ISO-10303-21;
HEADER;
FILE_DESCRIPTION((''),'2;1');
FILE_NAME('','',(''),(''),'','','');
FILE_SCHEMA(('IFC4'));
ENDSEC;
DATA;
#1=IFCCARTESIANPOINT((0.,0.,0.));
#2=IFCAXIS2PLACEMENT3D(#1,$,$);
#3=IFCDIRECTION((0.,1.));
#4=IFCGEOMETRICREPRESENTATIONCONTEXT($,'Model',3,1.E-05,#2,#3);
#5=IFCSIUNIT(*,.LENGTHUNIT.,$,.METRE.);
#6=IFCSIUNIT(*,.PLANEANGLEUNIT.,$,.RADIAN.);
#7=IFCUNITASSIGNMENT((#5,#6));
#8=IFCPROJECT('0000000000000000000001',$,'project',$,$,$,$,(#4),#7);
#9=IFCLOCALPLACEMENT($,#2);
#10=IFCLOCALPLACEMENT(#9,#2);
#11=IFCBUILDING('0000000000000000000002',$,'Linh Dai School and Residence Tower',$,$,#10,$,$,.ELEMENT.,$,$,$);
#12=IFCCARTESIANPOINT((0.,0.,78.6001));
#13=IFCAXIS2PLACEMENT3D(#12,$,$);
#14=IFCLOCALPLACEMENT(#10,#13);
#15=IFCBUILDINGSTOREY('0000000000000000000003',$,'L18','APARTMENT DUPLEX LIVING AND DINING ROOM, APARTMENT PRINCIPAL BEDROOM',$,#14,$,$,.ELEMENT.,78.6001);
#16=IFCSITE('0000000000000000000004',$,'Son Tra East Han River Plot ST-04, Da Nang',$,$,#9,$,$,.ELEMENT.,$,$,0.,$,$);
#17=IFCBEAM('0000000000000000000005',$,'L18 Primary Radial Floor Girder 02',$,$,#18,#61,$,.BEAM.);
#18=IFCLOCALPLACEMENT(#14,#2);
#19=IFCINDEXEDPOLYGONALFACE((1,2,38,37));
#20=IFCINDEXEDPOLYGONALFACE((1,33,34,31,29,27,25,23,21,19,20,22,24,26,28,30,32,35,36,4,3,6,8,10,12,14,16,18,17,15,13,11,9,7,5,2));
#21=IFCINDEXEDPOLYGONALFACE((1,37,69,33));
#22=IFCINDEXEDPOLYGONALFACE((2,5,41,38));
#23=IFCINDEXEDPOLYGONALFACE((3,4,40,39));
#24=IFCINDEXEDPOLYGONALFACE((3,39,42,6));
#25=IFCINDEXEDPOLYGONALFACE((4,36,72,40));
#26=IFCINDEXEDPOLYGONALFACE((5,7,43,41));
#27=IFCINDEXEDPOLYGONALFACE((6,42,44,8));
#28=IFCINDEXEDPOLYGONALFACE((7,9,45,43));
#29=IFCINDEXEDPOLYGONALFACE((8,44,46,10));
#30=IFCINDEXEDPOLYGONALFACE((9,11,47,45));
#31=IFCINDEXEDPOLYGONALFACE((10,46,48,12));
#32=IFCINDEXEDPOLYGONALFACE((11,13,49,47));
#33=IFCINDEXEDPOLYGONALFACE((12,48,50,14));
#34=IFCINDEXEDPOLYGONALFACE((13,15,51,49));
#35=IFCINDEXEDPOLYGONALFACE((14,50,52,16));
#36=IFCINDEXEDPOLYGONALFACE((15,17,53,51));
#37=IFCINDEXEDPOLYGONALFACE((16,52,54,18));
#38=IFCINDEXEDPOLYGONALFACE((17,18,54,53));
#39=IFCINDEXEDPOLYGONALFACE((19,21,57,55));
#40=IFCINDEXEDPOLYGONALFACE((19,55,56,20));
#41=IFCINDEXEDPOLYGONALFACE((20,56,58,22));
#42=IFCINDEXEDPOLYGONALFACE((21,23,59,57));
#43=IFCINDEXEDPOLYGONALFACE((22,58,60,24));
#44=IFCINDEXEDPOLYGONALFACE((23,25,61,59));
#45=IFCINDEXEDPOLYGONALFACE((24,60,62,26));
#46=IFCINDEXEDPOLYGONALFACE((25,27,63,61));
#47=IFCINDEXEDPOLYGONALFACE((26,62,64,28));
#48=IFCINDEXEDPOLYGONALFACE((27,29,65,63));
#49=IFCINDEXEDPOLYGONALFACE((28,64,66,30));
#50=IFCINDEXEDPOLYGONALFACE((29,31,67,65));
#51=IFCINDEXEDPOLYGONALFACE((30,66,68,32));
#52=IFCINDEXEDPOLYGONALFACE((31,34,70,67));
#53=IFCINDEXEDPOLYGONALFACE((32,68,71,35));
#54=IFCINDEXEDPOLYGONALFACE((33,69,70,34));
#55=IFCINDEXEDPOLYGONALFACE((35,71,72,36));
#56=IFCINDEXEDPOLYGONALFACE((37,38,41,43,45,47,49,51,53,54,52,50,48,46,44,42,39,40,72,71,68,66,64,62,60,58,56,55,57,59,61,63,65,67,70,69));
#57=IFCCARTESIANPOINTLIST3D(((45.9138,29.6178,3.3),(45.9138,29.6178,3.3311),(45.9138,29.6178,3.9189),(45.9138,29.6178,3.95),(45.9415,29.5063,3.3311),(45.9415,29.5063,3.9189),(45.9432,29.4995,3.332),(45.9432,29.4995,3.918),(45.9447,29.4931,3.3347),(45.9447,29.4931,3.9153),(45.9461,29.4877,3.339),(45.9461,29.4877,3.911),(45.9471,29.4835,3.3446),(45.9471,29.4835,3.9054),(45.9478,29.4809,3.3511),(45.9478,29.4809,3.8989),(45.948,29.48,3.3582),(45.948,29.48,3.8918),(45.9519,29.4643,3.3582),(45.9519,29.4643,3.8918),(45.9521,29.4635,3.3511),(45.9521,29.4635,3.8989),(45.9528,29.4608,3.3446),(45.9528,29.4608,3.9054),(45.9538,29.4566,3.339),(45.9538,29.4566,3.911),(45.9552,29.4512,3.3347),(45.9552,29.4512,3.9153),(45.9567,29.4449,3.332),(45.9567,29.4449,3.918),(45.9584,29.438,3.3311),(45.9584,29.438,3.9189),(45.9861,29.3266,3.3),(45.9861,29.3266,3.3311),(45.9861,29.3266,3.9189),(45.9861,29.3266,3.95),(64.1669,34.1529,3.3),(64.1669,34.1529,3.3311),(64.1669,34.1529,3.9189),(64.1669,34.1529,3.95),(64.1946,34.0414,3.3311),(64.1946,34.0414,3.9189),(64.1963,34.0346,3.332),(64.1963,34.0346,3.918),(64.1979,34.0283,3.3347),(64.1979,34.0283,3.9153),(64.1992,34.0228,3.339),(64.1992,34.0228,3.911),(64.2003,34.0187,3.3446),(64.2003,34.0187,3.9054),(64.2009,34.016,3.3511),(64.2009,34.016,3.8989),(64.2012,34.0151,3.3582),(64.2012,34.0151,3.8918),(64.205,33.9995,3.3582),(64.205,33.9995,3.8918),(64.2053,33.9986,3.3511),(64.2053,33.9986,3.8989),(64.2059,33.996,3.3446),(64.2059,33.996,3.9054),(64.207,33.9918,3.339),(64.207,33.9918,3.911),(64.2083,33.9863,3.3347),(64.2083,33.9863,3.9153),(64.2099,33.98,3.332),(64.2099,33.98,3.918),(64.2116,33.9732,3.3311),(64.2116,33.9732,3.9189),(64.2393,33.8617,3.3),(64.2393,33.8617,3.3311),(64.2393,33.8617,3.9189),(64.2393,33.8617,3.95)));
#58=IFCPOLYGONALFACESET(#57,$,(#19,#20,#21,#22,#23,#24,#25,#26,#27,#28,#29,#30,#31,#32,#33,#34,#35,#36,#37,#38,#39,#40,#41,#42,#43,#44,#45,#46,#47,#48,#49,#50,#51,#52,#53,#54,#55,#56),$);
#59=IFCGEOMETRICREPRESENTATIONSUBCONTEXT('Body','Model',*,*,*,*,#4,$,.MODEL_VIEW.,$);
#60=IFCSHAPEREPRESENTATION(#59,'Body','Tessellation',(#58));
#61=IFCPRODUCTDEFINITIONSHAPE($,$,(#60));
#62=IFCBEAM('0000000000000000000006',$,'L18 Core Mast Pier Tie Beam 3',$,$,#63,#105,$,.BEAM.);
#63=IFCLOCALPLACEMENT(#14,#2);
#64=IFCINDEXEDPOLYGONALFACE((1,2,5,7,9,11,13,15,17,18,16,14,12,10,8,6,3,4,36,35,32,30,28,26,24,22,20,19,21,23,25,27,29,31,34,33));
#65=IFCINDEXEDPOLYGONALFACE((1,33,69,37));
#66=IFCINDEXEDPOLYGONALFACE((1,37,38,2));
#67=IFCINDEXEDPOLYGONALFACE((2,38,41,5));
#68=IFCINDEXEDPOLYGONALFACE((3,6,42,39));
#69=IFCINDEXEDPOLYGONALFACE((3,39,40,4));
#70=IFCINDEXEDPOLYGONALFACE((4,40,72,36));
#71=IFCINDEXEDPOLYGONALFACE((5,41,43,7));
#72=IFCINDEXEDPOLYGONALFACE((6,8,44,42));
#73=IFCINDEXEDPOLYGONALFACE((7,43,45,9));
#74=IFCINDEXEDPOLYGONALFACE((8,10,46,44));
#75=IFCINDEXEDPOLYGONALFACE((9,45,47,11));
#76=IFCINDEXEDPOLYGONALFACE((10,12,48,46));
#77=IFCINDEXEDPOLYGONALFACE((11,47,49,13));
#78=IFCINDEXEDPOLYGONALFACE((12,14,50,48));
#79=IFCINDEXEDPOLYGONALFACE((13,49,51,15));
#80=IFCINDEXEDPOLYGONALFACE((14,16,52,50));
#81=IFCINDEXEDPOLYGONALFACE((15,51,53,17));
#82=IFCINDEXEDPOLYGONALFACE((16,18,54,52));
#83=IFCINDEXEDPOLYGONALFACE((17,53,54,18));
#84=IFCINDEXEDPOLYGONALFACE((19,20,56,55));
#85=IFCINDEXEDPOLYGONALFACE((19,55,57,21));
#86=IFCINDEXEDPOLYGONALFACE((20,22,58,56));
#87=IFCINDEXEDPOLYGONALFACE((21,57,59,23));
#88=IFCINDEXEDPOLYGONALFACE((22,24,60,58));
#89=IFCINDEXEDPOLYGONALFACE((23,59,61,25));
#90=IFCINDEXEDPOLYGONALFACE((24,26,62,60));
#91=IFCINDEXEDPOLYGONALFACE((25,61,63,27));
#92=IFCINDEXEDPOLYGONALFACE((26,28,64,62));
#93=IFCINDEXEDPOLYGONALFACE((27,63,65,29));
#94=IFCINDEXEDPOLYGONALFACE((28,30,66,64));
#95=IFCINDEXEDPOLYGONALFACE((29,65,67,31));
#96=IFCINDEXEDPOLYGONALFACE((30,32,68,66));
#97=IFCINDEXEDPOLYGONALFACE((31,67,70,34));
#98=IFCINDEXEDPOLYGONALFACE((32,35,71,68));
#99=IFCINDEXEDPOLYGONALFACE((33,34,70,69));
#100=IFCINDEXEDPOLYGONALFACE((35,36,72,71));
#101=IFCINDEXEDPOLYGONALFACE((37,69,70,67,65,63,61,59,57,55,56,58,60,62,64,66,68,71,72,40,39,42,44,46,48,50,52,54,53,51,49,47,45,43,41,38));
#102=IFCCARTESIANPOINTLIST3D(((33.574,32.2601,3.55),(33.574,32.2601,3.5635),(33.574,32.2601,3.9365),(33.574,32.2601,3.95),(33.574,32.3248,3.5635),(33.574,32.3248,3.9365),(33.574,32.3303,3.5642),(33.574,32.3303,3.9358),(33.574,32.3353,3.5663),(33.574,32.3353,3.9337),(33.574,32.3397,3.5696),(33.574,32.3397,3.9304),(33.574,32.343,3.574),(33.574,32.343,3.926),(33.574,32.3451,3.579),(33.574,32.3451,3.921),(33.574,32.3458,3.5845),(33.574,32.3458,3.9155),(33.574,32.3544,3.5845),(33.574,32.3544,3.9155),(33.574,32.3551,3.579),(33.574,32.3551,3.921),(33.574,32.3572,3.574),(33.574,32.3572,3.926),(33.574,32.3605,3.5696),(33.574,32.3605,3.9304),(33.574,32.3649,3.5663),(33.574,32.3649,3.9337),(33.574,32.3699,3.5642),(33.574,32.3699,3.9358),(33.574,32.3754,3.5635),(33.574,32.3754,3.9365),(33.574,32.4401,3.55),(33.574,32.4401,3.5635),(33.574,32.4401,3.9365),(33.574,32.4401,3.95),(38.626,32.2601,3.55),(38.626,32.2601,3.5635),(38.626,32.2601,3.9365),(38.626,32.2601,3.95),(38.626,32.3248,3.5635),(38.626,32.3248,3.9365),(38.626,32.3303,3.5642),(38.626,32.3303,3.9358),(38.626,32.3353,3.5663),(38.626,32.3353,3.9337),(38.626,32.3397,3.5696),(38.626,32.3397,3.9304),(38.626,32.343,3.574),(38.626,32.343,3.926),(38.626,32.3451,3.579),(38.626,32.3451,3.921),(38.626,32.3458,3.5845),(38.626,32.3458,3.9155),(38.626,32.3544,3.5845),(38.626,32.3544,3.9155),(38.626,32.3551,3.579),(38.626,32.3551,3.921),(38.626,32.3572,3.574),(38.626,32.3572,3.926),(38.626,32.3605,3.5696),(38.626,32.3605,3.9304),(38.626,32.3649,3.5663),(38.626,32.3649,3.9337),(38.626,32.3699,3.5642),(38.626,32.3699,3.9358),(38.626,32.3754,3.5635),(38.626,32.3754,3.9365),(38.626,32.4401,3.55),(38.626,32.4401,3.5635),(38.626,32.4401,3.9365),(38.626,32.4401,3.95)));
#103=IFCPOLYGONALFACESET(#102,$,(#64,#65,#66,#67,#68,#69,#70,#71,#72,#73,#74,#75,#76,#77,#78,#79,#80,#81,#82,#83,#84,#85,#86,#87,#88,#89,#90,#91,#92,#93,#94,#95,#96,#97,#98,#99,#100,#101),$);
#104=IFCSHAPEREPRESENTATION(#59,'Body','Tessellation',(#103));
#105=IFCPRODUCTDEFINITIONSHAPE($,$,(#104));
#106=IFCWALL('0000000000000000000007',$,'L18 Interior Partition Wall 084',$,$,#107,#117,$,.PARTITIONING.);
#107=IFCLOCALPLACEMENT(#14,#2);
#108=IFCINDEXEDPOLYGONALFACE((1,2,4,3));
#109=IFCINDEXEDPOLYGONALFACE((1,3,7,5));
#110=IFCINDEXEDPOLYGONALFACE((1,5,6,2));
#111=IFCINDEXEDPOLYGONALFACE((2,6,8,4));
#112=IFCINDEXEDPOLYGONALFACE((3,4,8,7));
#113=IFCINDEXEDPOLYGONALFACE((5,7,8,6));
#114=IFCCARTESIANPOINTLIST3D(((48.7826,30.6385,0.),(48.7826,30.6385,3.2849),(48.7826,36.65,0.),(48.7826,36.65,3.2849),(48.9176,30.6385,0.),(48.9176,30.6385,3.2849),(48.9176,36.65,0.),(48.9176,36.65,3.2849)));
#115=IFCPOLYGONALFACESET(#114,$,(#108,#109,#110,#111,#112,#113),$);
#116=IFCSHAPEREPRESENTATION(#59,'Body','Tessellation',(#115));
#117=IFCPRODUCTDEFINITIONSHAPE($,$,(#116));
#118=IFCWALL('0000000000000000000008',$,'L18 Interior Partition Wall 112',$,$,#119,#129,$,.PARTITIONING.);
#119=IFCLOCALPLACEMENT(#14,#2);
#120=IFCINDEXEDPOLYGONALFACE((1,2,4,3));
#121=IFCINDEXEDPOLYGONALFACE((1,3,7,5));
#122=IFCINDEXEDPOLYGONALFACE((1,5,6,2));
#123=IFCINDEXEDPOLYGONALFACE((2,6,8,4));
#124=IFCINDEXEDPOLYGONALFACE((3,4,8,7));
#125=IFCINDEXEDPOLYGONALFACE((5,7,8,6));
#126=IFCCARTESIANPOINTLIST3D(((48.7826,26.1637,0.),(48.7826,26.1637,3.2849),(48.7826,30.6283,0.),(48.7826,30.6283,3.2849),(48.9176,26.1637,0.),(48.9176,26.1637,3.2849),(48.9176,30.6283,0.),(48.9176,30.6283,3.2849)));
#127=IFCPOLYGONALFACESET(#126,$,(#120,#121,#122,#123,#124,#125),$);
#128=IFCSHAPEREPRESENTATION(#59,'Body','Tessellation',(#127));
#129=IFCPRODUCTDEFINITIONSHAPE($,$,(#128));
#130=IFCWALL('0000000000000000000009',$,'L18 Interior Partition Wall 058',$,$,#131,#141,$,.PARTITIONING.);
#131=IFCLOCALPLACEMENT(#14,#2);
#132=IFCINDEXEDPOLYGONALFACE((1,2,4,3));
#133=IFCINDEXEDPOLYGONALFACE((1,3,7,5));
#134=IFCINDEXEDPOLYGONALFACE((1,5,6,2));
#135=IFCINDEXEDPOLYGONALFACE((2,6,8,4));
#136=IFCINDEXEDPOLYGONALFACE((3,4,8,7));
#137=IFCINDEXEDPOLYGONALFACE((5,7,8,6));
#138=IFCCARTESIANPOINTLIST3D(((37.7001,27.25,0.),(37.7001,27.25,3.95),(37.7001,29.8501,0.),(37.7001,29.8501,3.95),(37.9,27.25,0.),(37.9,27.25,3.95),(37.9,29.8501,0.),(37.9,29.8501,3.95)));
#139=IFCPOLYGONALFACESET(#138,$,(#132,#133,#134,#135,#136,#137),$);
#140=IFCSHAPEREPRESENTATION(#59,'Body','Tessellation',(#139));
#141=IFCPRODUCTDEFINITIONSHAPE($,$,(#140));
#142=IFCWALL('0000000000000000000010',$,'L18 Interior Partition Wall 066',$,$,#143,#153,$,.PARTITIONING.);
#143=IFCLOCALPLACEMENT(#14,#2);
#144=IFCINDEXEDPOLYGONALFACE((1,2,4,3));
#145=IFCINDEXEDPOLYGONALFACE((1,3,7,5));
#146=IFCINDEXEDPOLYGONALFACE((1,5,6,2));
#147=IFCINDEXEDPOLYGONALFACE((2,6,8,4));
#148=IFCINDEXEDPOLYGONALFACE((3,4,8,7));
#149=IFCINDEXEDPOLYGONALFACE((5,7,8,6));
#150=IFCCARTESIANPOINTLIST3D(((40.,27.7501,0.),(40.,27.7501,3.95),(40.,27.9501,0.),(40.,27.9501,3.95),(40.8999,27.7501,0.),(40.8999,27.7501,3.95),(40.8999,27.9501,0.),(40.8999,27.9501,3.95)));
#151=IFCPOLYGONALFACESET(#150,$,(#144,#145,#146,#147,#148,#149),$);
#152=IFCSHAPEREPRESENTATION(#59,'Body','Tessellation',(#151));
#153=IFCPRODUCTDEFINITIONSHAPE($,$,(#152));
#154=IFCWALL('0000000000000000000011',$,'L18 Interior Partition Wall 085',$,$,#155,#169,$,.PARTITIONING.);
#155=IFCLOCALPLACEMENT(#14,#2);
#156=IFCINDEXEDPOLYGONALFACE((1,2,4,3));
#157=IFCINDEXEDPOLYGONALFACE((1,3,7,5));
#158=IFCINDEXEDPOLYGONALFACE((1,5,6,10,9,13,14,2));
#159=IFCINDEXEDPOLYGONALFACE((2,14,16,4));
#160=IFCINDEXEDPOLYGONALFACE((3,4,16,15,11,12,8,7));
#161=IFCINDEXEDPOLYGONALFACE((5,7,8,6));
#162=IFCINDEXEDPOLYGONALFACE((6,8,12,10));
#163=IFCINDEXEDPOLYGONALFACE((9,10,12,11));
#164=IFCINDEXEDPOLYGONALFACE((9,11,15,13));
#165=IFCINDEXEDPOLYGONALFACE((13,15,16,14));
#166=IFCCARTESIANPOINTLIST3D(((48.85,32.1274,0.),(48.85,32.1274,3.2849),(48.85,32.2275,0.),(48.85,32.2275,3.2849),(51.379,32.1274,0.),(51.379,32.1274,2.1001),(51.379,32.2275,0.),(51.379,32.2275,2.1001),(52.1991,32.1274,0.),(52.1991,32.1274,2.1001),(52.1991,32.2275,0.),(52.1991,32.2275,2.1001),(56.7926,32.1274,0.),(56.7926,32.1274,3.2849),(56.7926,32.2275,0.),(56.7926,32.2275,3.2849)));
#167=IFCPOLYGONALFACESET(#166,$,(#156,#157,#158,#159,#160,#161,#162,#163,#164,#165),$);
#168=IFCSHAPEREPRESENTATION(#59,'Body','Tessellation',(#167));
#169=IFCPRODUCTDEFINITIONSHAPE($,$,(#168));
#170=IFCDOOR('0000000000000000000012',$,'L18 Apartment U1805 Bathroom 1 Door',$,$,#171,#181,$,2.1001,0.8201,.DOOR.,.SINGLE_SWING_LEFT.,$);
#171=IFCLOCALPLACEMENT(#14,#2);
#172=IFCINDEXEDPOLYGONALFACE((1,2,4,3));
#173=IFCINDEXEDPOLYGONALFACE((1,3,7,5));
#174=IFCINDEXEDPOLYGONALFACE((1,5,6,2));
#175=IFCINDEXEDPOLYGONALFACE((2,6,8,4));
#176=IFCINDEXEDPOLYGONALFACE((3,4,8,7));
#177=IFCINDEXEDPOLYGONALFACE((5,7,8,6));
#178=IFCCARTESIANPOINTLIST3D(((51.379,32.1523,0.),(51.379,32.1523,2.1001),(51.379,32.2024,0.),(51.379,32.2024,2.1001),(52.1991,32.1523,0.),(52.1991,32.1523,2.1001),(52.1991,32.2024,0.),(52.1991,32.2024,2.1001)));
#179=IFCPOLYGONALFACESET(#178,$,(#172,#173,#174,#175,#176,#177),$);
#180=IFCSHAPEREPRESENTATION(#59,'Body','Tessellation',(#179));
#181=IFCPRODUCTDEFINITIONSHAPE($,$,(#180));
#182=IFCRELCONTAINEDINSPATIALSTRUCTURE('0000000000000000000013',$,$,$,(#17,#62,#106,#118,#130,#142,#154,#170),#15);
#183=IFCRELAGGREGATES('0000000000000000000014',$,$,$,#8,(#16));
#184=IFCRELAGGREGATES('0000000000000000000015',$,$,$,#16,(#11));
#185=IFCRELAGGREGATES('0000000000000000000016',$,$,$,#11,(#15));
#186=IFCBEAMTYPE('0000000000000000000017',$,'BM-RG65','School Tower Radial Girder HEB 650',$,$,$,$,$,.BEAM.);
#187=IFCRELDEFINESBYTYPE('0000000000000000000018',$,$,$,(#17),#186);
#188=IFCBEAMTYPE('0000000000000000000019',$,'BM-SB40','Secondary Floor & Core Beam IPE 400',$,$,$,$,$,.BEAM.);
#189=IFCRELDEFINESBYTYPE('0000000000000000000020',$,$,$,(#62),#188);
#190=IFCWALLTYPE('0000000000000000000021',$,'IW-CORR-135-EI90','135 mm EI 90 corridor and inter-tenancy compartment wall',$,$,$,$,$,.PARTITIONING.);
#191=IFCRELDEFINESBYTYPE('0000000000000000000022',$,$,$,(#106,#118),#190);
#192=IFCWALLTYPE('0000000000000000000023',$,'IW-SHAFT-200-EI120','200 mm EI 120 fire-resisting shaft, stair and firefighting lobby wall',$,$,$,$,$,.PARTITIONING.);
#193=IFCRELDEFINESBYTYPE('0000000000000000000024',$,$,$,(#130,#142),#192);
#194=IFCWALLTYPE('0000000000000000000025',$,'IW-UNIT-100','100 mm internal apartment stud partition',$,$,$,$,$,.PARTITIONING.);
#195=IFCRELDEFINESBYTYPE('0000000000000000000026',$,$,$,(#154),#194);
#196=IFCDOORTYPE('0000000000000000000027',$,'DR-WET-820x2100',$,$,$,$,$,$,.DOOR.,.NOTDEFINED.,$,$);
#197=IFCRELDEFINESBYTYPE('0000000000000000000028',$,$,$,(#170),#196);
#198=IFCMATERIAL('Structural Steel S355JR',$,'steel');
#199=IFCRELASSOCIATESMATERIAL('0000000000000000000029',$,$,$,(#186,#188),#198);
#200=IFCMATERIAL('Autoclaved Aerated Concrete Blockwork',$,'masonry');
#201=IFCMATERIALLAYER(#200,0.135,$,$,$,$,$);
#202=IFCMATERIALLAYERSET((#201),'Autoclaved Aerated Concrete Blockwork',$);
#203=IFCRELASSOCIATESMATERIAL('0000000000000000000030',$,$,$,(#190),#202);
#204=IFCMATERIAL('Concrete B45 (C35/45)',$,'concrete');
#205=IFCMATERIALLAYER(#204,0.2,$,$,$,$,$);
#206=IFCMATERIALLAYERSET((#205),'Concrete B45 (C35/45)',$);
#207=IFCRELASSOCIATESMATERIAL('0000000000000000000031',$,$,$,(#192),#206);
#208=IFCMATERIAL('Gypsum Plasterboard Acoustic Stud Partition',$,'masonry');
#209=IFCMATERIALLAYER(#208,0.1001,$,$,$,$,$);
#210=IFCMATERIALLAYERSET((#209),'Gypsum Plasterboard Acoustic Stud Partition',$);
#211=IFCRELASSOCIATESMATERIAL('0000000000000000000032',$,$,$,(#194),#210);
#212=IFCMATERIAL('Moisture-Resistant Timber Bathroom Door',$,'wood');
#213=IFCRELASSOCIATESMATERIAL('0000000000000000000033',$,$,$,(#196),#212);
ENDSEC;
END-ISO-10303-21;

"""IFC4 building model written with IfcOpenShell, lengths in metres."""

from ifc_helpers import new_model, si_unit, direction, frame, frame_2d, origin, origin_2d, place, context, subcontext, project, spatial, rectangle, i_section, extrude, source, transform, mapped, material, layer, layer_set, material_profile, profile_set, type_object, element, fill, save


model = new_model("IFC4")

# Units and contexts
model_context = context("Model", 3, precision=1e-05, world=origin(), true_north=direction((0.0, 1.0)))
body_context = subcontext(model_context, "Body", "Model", "MODEL_VIEW")
ifc_project = project(units=[si_unit("LENGTHUNIT", "METRE"), si_unit("PLANEANGLEUNIT", "RADIAN")], contexts=[model_context])

# Site, building, storey
site_placement = place(None, origin())
site = spatial("IfcSite", under=ifc_project, at=site_placement, Name="Son Tra East Han River Plot ST-04, Da Nang", CompositionType="ELEMENT", RefElevation=0.0)
building_placement = place(site_placement, origin())
building = spatial("IfcBuilding", under=site, at=building_placement, Name="Linh Dai School and Residence Tower", CompositionType="ELEMENT")
storey_placement = place(building_placement, frame((0.0, 0.0, 78.6001)))
storey = spatial("IfcBuildingStorey", under=building, at=storey_placement, Name="L18", Description="APARTMENT DUPLEX LIVING AND DINING ROOM, APARTMENT PRINCIPAL BEDROOM", CompositionType="ELEMENT", Elevation=78.6001)

# Shared definitions
ifc_material_1 = material(Name="Structural Steel S355JR", Category="steel")

# Beams
ifc_material_profile_1 = material_profile(ifc_material_1, i_section(OverallWidth=0.3, OverallDepth=0.6499, WebThickness=0.0161, FlangeThickness=0.031, FilletRadius=0.0271, at=origin_2d()), Name="HEB 650")
ifc_profile_set_1 = profile_set([ifc_material_profile_1], Name="Structural Steel S355JR")
beam_type_1 = type_object("IfcBeamType", Name="BM-RG65", Description="School Tower Radial Girder HEB 650", PredefinedType="BEAM", material=ifc_profile_set_1)
beam_1_placement = place(storey_placement, frame((45.95, 29.4722, 3.625), z_axis=(0.970493, 0.241127, 0.0), x_axis=(-0.241127, 0.970493, 0.0)))
element("IfcBeam", 1, at=beam_1_placement, inside=storey, type_object=beam_type_1, Name="L18 Primary Radial Floor Girder 02", PredefinedType="BEAM", context=body_context, shape_type="SweptSolid", body=[
    extrude(i_section(OverallWidth=0.3, OverallDepth=0.6499, WebThickness=0.0161, FlangeThickness=0.031, FilletRadius=0.0271, at=origin_2d()), origin(), (0.0, 0.0, 1.0), 18.8081),
])
ifc_material_profile_2 = material_profile(ifc_material_1, i_section(OverallWidth=0.1799, OverallDepth=0.3999, WebThickness=0.0085, FlangeThickness=0.0134, FilletRadius=0.021, at=origin_2d()), Name="IPE 400")
ifc_profile_set_2 = profile_set([ifc_material_profile_2], Name="Structural Steel S355JR")
beam_type_2 = type_object("IfcBeamType", Name="BM-SB40", Description="Secondary Floor & Core Beam IPE 400", PredefinedType="BEAM", material=ifc_profile_set_2)
beam_2_placement = place(storey_placement, frame((38.626, 32.3501, 3.75), z_axis=(-1.0, 0.0, 0.0), x_axis=(0.0, -1.0, 0.0)))
element("IfcBeam", 2, at=beam_2_placement, inside=storey, type_object=beam_type_2, Name="L18 Core Mast Pier Tie Beam 3", PredefinedType="BEAM", context=body_context, shape_type="SweptSolid", body=[
    extrude(i_section(OverallWidth=0.1799, OverallDepth=0.3999, WebThickness=0.0085, FlangeThickness=0.0134, FilletRadius=0.021, at=origin_2d()), origin(), (0.0, 0.0, 1.0), 5.052),
])

# Walls
ifc_material_2 = material(Name="Autoclaved Aerated Concrete Blockwork", Category="masonry")
ifc_layer_1 = layer(ifc_material_2, 0.135)
ifc_layer_set_1 = layer_set([ifc_layer_1], Name="Autoclaved Aerated Concrete Blockwork")
wall_type_1 = type_object("IfcWallType", Name="IW-CORR-135-EI90", Description="135 mm EI 90 corridor and inter-tenancy compartment wall", PredefinedType="PARTITIONING", material=ifc_layer_set_1)
wall_1_placement = place(storey_placement, frame((48.8501, 30.6384, 0.0), z_axis=(0.0, 0.0, 1.0), x_axis=(0.0, 1.0, 0.0)))
element("IfcWall", 3, at=wall_1_placement, inside=storey, type_object=wall_type_1, Name="L18 Interior Partition Wall 084", PredefinedType="PARTITIONING", context=body_context, shape_type="SweptSolid", body=[
    extrude(rectangle(XDim=6.0115, YDim=0.135, at=frame_2d((3.0059, 0.0))), origin(), (0.0, 0.0, 1.0), 3.2849),
])
wall_2_placement = place(storey_placement, frame((48.8501, 30.6284, 0.0), z_axis=(0.0, 0.0, 1.0), x_axis=(0.0, -1.0, 0.0)))
element("IfcWall", 4, at=wall_2_placement, inside=storey, type_object=wall_type_1, Name="L18 Interior Partition Wall 112", PredefinedType="PARTITIONING", context=body_context, shape_type="SweptSolid", body=[
    extrude(rectangle(XDim=4.4646, YDim=0.135, at=frame_2d((2.2324, 0.0))), origin(), (0.0, 0.0, 1.0), 3.2849),
])
ifc_material_3 = material(Name="Concrete B45 (C35/45)", Category="concrete")
ifc_layer_2 = layer(ifc_material_3, 0.2)
ifc_layer_set_2 = layer_set([ifc_layer_2], Name="Concrete B45 (C35/45)")
wall_type_2 = type_object("IfcWallType", Name="IW-SHAFT-200-EI120", Description="200 mm EI 120 fire-resisting shaft, stair and firefighting lobby wall", PredefinedType="PARTITIONING", material=ifc_layer_set_2)
wall_3_placement = place(storey_placement, frame((37.8, 27.25, 0.0), z_axis=(0.0, 0.0, 1.0), x_axis=(0.0, 1.0, 0.0)))
element("IfcWall", 5, at=wall_3_placement, inside=storey, type_object=wall_type_2, Name="L18 Interior Partition Wall 058", PredefinedType="PARTITIONING", context=body_context, shape_type="SweptSolid", body=[
    extrude(rectangle(XDim=2.6001, YDim=0.2, at=frame_2d((1.3, 0.0))), origin(), (0.0, 0.0, 1.0), 3.95),
])
wall_4_placement = place(storey_placement, frame((40.0, 27.8501, 0.0), z_axis=(0.0, 0.0, 1.0), x_axis=(1.0, 0.0, 0.0)))
element("IfcWall", 6, at=wall_4_placement, inside=storey, type_object=wall_type_2, Name="L18 Interior Partition Wall 066", PredefinedType="PARTITIONING", context=body_context, shape_type="SweptSolid", body=[
    extrude(rectangle(XDim=0.8999, YDim=0.2, at=frame_2d((0.45, 0.0))), origin(), (0.0, 0.0, 1.0), 3.95),
])

# Wall, opening, door
ifc_material_4 = material(Name="Gypsum Plasterboard Acoustic Stud Partition", Category="masonry")
ifc_layer_3 = layer(ifc_material_4, 0.1001)
ifc_layer_set_3 = layer_set([ifc_layer_3], Name="Gypsum Plasterboard Acoustic Stud Partition")
wall_type_3 = type_object("IfcWallType", Name="IW-UNIT-100", Description="100 mm internal apartment stud partition", PredefinedType="PARTITIONING", material=ifc_layer_set_3)
wall_5_placement = place(storey_placement, frame((48.8501, 32.1775, 0.0), z_axis=(0.0, 0.0, 1.0), x_axis=(1.0, 0.0, 0.0)))
wall_5 = element("IfcWall", 7, at=wall_5_placement, inside=storey, type_object=wall_type_3, Name="L18 Interior Partition Wall 085", PredefinedType="PARTITIONING", context=body_context, shape_type="SweptSolid", body=[
    extrude(rectangle(XDim=7.9426, YDim=0.1001, at=frame_2d((3.9712, 0.0))), origin(), (0.0, 0.0, 1.0), 3.2849),
])
opening_placement = place(wall_5_placement, frame((2.5288, 0.0, 0.0)))
opening = element("IfcOpeningElement", 8, at=opening_placement, cuts=wall_5, PredefinedType="OPENING", context=body_context, shape_type="SweptSolid", body=[
    extrude(rectangle(XDim=0.8201, YDim=2.1001, at=origin_2d()), frame((0.4102, 0.0601, 1.05), z_axis=(0.0, -1.0, 0.0), x_axis=(1.0, 0.0, 0.0)), (0.0, 0.0, 1.0), 0.1201),
])
ifc_material_5 = material(Name="Moisture-Resistant Timber Bathroom Door", Category="wood")
door_type = type_object("IfcDoorType", Name="DR-WET-820x2100", OperationType="NOTDEFINED", PredefinedType="DOOR", material=ifc_material_5)
shared_shape_1 = source(origin(), body_context, "Body", "SweptSolid", [
    extrude(rectangle(XDim=0.8201, YDim=2.1001, at=origin_2d()), frame((0.4102, 0.0249, 1.05), z_axis=(0.0, -1.0, 0.0), x_axis=(1.0, 0.0, 0.0)), (0.0, 0.0, 1.0), 0.05),
])
door_placement = place(opening_placement, origin())
door = element("IfcDoor", 9, at=door_placement, inside=storey, type_object=door_type, Name="L18 Apartment U1805 Bathroom 1 Door", OperationType="SINGLE_SWING_LEFT", OverallHeight=2.1001, OverallWidth=0.8201, PredefinedType="DOOR", context=body_context, shape_type="MappedRepresentation", body=[
    mapped(shared_shape_1, transform((0.0, 0.0, 0.0), x_axis=(1.0, 0.0, 0.0), y_axis=(0.0, 1.0, 0.0), z_axis=(0.0, 0.0, 1.0), scale=1.0)),
])
fill(opening, door)

save(model, "model.ifc")
